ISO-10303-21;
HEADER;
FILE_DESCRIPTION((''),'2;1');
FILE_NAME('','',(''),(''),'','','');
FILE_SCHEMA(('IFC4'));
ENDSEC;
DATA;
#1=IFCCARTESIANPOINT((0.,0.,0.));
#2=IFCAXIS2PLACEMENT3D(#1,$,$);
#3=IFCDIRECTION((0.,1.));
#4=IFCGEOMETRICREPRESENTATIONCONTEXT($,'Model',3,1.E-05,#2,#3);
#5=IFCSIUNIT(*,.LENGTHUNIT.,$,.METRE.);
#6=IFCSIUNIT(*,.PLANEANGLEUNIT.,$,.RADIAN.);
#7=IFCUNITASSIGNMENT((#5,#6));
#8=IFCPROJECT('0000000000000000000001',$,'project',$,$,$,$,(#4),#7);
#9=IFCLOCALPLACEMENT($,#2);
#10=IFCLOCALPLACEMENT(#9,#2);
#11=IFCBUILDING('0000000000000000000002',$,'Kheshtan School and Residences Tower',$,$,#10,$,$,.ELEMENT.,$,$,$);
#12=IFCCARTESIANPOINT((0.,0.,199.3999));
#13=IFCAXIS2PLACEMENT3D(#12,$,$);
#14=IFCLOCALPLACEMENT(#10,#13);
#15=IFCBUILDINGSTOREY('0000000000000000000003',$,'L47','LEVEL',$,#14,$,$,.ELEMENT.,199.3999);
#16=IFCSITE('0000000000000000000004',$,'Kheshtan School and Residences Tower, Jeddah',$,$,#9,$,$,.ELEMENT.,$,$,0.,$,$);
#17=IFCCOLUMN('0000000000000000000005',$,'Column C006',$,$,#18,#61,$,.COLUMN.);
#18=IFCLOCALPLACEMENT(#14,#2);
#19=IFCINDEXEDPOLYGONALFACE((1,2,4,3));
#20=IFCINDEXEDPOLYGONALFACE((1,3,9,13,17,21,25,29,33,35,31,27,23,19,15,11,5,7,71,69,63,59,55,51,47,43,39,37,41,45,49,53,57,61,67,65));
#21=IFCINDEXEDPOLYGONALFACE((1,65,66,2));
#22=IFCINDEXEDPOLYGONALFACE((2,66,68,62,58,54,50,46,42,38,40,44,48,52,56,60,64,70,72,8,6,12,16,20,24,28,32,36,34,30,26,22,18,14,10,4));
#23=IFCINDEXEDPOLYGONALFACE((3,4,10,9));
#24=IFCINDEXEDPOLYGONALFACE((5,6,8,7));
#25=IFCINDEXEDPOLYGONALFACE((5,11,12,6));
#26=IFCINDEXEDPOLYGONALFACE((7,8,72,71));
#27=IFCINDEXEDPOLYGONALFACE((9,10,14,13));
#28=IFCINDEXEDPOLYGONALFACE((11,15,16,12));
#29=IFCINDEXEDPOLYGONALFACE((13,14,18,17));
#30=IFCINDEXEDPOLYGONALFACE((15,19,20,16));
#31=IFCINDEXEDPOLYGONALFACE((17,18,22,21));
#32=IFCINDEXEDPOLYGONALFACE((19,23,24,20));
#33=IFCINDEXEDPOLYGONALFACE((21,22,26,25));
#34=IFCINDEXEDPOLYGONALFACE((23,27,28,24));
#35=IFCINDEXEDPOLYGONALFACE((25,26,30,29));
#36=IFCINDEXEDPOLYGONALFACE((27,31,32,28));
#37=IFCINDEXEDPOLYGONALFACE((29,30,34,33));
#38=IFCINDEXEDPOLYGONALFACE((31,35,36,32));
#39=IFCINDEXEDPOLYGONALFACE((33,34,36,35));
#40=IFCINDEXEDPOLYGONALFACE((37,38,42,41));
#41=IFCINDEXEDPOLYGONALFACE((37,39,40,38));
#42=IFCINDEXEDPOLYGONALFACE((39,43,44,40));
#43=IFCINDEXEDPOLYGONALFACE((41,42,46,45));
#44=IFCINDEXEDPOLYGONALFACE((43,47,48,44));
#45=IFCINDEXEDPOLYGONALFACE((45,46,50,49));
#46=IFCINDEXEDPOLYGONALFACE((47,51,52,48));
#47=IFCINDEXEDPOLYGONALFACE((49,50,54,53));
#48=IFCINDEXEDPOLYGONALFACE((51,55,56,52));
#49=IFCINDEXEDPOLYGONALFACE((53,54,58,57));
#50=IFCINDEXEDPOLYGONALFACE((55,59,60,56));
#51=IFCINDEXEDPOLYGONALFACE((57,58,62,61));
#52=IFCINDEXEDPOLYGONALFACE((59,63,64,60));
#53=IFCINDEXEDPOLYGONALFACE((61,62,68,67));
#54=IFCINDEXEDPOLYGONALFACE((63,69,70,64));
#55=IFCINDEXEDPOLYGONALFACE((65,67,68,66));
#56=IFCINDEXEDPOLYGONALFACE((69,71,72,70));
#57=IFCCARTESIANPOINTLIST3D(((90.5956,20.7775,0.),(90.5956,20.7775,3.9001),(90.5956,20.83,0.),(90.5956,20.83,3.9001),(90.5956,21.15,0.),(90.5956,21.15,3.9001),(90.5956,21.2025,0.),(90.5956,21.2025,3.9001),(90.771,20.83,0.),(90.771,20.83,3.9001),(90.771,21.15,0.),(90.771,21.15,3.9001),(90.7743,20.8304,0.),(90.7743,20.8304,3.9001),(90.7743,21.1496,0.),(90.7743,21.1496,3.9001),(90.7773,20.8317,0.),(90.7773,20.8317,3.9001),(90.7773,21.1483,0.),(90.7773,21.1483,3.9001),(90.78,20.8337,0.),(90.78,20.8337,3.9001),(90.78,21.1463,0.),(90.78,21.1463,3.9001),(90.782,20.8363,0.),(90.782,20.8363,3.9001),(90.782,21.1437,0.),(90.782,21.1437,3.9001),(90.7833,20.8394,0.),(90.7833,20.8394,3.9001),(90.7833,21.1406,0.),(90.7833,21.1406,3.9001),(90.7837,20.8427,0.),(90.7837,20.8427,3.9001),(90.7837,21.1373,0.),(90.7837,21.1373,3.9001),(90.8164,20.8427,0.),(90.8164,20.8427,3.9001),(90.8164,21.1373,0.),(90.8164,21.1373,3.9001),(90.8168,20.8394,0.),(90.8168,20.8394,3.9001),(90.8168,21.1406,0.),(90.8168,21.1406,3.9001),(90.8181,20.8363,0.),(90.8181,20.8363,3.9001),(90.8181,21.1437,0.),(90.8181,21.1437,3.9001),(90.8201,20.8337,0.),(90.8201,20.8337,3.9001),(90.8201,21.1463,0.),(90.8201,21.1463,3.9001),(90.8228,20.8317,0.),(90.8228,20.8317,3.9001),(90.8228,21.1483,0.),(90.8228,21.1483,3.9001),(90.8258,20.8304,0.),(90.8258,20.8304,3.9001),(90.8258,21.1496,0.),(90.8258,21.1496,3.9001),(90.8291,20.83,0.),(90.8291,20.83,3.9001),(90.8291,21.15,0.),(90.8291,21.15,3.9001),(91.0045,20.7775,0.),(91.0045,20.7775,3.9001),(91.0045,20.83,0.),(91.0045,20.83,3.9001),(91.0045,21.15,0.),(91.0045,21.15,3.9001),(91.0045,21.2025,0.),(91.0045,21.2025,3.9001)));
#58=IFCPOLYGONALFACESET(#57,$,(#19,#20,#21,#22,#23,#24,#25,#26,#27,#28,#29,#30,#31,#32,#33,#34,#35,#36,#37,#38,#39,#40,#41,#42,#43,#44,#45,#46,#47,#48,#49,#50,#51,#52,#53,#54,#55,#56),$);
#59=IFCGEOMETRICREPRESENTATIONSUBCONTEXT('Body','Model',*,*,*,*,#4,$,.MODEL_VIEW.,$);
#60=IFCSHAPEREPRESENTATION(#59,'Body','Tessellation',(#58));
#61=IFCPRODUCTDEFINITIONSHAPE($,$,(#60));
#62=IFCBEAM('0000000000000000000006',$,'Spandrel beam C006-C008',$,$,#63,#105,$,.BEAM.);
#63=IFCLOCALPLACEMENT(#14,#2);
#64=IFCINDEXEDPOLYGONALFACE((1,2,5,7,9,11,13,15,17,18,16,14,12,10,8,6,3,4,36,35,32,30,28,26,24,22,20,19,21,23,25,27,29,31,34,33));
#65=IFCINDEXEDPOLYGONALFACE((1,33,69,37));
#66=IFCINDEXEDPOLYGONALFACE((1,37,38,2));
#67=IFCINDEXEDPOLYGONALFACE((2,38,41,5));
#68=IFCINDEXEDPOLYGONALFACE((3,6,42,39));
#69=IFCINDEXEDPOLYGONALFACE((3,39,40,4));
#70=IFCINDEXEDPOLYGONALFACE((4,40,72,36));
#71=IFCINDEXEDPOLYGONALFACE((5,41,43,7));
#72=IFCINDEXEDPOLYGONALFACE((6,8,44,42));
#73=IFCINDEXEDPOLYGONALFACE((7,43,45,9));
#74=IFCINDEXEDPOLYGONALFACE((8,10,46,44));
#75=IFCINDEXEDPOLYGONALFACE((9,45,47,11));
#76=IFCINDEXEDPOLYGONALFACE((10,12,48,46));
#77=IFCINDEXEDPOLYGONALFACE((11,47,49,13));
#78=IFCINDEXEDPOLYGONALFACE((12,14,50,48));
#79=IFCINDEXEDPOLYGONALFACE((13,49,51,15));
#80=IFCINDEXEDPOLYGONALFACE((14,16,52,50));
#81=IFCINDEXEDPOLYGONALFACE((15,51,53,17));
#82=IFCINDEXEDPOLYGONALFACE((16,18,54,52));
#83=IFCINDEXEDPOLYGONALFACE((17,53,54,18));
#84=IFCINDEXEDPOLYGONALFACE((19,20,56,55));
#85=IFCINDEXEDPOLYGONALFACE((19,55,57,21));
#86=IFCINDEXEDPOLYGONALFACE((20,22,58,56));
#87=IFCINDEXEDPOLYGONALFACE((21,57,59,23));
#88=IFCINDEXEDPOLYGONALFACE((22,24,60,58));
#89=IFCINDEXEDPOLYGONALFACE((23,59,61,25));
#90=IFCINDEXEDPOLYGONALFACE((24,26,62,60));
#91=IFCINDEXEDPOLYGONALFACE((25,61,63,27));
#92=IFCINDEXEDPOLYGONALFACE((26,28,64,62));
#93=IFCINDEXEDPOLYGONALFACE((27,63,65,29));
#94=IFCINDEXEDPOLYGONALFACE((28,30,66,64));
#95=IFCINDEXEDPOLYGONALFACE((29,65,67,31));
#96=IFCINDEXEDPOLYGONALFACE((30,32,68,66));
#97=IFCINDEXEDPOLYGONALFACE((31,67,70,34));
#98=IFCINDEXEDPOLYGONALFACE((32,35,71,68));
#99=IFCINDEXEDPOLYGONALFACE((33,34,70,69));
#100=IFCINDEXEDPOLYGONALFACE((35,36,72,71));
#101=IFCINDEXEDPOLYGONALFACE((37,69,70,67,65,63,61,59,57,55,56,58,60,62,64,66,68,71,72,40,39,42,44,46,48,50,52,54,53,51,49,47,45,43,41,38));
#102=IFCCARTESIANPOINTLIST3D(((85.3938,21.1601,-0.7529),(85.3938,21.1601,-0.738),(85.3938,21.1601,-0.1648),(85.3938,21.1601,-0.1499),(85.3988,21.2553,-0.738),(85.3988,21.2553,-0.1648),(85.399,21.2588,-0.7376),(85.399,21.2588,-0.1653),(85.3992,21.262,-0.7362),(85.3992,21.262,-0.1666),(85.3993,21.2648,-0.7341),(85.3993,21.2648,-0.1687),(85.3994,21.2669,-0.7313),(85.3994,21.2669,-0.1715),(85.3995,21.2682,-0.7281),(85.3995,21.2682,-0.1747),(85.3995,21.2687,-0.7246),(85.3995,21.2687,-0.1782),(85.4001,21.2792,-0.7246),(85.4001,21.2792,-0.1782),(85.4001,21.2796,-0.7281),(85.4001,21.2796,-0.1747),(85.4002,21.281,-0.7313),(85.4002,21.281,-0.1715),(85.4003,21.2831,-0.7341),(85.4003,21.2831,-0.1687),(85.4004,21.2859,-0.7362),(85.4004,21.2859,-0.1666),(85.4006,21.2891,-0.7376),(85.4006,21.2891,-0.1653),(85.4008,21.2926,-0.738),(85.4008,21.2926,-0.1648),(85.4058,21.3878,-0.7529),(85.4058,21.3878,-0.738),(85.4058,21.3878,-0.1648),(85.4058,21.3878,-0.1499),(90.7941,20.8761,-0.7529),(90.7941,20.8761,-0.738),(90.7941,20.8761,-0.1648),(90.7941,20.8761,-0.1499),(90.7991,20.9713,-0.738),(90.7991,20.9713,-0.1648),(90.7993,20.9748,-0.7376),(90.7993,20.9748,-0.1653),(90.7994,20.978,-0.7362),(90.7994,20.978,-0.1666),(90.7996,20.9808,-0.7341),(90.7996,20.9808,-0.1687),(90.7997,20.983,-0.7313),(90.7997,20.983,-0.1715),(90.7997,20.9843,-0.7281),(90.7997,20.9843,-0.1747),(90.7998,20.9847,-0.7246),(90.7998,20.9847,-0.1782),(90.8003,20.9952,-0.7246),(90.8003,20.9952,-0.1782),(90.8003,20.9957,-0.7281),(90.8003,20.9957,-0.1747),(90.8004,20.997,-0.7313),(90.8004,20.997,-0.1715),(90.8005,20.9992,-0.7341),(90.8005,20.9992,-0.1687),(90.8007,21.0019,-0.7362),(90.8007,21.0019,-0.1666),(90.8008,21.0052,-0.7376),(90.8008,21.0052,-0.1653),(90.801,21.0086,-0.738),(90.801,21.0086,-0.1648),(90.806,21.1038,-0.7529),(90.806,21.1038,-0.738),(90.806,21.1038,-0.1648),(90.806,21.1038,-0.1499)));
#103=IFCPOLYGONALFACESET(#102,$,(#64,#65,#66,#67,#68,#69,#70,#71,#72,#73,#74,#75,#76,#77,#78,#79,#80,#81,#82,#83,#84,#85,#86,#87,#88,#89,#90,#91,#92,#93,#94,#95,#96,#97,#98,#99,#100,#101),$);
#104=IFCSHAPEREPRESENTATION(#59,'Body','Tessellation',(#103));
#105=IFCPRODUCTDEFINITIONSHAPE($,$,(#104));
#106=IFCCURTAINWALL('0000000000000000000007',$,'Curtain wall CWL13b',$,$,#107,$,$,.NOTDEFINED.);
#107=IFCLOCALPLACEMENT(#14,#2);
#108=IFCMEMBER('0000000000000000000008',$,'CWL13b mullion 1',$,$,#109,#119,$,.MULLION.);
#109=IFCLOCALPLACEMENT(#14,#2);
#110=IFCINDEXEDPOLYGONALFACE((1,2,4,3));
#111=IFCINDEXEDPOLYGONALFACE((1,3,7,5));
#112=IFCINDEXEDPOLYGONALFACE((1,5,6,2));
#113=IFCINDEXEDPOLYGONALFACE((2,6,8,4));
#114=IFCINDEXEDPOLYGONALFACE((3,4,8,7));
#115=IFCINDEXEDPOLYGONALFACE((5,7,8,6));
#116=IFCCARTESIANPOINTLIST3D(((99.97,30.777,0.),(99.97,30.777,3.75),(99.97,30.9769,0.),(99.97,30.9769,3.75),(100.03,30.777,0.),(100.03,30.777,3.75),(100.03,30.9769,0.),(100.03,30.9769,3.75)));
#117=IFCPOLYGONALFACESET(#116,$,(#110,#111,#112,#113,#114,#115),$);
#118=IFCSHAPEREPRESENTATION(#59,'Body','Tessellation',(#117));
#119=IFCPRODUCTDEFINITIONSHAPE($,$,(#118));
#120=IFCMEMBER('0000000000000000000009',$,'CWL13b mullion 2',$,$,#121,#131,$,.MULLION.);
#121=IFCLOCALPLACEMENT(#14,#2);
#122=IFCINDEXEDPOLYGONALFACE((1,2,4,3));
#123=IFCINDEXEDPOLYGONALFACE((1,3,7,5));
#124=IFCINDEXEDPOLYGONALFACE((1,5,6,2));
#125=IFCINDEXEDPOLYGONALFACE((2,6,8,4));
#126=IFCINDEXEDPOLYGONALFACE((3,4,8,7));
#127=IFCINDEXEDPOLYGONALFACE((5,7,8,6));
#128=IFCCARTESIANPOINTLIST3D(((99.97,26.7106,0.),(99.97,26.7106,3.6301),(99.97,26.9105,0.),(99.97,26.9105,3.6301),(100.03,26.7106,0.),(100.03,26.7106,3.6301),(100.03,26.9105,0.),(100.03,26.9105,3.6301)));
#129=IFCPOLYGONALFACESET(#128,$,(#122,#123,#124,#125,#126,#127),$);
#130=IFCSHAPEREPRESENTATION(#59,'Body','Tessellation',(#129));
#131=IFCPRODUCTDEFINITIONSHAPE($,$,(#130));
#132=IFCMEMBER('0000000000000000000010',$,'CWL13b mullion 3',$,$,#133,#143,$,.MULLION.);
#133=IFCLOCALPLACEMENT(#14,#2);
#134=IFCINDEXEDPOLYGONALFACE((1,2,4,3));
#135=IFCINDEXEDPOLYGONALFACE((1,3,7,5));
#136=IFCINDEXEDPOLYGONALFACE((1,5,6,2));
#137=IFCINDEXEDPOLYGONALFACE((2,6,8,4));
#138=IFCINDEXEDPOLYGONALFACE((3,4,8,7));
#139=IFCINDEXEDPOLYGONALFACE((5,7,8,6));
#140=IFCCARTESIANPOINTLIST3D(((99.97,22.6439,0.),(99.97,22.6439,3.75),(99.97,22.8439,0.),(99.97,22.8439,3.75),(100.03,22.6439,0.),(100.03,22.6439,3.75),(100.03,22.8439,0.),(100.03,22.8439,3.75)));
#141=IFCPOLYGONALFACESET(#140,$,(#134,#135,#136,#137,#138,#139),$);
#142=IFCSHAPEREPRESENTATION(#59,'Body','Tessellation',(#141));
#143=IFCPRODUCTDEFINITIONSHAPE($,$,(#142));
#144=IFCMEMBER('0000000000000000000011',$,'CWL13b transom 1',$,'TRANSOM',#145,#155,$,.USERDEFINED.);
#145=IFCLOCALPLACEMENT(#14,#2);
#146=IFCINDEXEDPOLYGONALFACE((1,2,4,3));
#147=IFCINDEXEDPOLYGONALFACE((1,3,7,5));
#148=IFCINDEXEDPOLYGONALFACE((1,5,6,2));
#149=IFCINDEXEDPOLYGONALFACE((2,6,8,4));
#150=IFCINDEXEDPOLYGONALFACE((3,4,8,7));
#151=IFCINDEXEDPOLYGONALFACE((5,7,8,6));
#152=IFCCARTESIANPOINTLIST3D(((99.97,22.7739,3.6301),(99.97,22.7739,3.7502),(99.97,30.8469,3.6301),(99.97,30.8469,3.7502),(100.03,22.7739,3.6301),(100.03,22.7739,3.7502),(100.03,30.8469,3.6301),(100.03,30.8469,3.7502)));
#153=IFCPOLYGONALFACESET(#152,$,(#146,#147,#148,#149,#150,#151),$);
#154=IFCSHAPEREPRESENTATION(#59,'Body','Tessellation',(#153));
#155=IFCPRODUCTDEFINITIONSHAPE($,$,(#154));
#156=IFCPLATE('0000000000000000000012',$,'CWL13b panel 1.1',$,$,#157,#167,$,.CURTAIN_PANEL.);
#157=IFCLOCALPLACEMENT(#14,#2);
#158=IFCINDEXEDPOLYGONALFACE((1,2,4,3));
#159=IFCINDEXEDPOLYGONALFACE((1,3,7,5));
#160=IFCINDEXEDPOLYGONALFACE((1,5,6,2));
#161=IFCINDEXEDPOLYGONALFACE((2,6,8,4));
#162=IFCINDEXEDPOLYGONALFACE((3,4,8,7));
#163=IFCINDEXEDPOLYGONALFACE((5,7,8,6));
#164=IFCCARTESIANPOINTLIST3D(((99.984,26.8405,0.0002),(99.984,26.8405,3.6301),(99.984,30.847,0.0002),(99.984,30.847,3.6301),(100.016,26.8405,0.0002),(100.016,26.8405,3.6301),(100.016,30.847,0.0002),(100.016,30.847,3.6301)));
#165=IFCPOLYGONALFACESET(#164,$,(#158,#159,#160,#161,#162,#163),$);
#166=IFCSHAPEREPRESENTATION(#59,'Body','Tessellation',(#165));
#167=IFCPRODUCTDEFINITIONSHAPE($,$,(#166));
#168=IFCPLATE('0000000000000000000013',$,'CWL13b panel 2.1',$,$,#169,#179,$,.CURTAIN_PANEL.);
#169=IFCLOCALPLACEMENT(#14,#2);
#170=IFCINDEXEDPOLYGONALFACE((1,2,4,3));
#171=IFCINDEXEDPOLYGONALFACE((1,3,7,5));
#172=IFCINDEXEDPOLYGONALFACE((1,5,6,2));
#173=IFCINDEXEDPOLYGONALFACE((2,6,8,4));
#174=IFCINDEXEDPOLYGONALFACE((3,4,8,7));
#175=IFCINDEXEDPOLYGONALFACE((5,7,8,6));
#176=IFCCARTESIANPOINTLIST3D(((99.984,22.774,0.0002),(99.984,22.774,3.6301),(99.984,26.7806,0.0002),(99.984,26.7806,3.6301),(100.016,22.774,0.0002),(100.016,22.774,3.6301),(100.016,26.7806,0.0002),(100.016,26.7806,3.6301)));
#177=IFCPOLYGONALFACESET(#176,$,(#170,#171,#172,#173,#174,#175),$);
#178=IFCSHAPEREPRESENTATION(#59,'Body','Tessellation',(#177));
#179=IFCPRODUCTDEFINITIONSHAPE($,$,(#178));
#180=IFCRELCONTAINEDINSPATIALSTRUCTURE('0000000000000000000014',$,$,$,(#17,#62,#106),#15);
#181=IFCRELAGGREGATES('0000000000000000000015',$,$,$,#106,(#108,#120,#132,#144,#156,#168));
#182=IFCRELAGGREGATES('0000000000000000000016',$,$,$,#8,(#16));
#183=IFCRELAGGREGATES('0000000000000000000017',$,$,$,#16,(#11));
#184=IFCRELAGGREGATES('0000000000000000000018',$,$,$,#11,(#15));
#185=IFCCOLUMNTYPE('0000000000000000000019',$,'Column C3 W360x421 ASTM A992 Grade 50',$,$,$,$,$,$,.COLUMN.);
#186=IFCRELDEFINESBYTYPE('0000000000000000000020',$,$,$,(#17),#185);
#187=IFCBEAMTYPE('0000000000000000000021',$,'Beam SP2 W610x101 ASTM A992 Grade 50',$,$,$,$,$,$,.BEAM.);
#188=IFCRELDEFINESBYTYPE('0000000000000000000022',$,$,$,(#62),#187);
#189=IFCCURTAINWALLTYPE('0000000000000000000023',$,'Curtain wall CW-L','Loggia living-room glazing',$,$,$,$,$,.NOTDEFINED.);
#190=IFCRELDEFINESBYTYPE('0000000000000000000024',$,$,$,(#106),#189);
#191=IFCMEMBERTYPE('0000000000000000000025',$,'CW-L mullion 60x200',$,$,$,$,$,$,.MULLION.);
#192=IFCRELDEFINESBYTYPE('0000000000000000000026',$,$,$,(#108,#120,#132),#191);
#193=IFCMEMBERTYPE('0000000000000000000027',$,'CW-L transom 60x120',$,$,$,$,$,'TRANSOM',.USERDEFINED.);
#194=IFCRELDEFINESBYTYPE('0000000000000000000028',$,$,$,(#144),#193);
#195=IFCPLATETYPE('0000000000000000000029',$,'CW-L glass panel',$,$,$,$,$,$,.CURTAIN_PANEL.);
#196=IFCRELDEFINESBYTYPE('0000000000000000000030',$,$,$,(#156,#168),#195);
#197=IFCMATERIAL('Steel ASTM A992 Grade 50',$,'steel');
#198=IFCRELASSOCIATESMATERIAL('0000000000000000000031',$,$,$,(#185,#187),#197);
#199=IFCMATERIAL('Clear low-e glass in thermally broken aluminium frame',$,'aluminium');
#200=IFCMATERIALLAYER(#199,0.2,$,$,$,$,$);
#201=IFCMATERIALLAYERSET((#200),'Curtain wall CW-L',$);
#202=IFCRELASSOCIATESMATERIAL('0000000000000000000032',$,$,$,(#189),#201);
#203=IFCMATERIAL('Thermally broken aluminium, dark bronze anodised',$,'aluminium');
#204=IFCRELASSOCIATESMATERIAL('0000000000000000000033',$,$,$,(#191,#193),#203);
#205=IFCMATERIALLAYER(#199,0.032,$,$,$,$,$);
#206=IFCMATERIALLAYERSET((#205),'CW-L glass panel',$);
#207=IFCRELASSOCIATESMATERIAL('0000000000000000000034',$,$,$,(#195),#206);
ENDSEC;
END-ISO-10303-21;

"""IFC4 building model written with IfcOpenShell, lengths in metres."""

from ifc_helpers import new_model, si_unit, direction, frame, origin, origin_2d, place, context, subcontext, project, spatial, rectangle, i_section, extrude, material, layer, layer_set, material_profile, profile_set, type_object, element, aggregate, save


model = new_model("IFC4")

# Units and contexts
model_context = context("Model", 3, precision=1e-05, world=origin(), true_north=direction((0.0, 1.0)))
body_context = subcontext(model_context, "Body", "Model", "MODEL_VIEW")
ifc_project = project(units=[si_unit("LENGTHUNIT", "METRE"), si_unit("PLANEANGLEUNIT", "RADIAN")], contexts=[model_context])

# Site, building, storey
site_placement = place(None, origin())
site = spatial("IfcSite", under=ifc_project, at=site_placement, Name="Kheshtan School and Residences Tower, Jeddah", CompositionType="ELEMENT", RefElevation=0.0)
building_placement = place(site_placement, origin())
building = spatial("IfcBuilding", under=site, at=building_placement, Name="Kheshtan School and Residences Tower", CompositionType="ELEMENT")
storey_placement = place(building_placement, frame((0.0, 0.0, 199.3999)))
storey = spatial("IfcBuildingStorey", under=building, at=storey_placement, Name="L47", Description="LEVEL", CompositionType="ELEMENT", Elevation=199.3999)

# Column
ifc_material_1 = material(Name="Steel ASTM A992 Grade 50", Category="steel")
ifc_material_profile_1 = material_profile(ifc_material_1, i_section(OverallWidth=0.4089, OverallDepth=0.425, WebThickness=0.0327, FlangeThickness=0.0525, FilletRadius=0.0127, at=origin_2d()), Name="W360x421")
ifc_profile_set_1 = profile_set([ifc_material_profile_1], Name="Steel ASTM A992 Grade 50")
column_type = type_object("IfcColumnType", Name="Column C3 W360x421 ASTM A992 Grade 50", PredefinedType="COLUMN", material=ifc_profile_set_1)
column_placement = place(storey_placement, frame((90.8, 20.99, 0.0), z_axis=(0.0, 0.0, 1.0), x_axis=(1.0, 0.0, 0.0)))
element("IfcColumn", 1, at=column_placement, inside=storey, type_object=column_type, Name="Column C006", PredefinedType="COLUMN", context=body_context, shape_type="SweptSolid", body=[
    extrude(i_section(OverallWidth=0.4089, OverallDepth=0.425, WebThickness=0.0327, FlangeThickness=0.0525, FilletRadius=0.0127, at=origin_2d()), origin(), (0.0, 0.0, 1.0), 3.9001),
])

# Beam
ifc_material_profile_2 = material_profile(ifc_material_1, i_section(OverallWidth=0.228, OverallDepth=0.603, WebThickness=0.0105, FlangeThickness=0.0149, FilletRadius=0.0134, at=origin_2d()), Name="W610x101")
ifc_profile_set_2 = profile_set([ifc_material_profile_2], Name="Steel ASTM A992 Grade 50")
beam_type = type_object("IfcBeamType", Name="Beam SP2 W610x101 ASTM A992 Grade 50", PredefinedType="BEAM", material=ifc_profile_set_2)
beam_placement = place(storey_placement, frame((90.8, 20.99, -0.4514), z_axis=(-0.998621, 0.052507, 0.0), x_axis=(-0.052507, -0.998621, 0.0)))
element("IfcBeam", 2, at=beam_placement, inside=storey, type_object=beam_type, Name="Spandrel beam C006-C008", PredefinedType="BEAM", context=body_context, shape_type="SweptSolid", body=[
    extrude(i_section(OverallWidth=0.228, OverallDepth=0.603, WebThickness=0.0105, FlangeThickness=0.0149, FilletRadius=0.0134, at=origin_2d()), origin(), (0.0, 0.0, 1.0), 5.4077),
])

# Curtain wall, members, plates
ifc_material_2 = material(Name="Clear low-e glass in thermally broken aluminium frame", Category="aluminium")
ifc_layer_1 = layer(ifc_material_2, 0.2)
ifc_layer_set_1 = layer_set([ifc_layer_1], Name="Curtain wall CW-L")
curtain_wall_type = type_object("IfcCurtainWallType", Name="Curtain wall CW-L", Description="Loggia living-room glazing", PredefinedType="NOTDEFINED", material=ifc_layer_set_1)
curtain_wall_placement = place(storey_placement, origin())
curtain_wall = element("IfcCurtainWall", 3, at=curtain_wall_placement, inside=storey, type_object=curtain_wall_type, Name="Curtain wall CWL13b", PredefinedType="NOTDEFINED")
ifc_material_3 = material(Name="Thermally broken aluminium, dark bronze anodised", Category="aluminium")
ifc_material_profile_3 = material_profile(ifc_material_3, rectangle(XDim=0.0601, YDim=0.2, at=origin_2d()), Name="CW-L mullion 60x200")
ifc_profile_set_3 = profile_set([ifc_material_profile_3], Name="Thermally broken aluminium, dark bronze anodised")
member_type_1 = type_object("IfcMemberType", Name="CW-L mullion 60x200", PredefinedType="MULLION", material=ifc_profile_set_3)
member_1_placement = place(storey_placement, frame((100.0, 30.877, 0.0), z_axis=(0.0, 0.0, 1.0), x_axis=(1.0, 0.0, 0.0)))
member_1 = element("IfcMember", 4, at=member_1_placement, type_object=member_type_1, Name="CWL13b mullion 1", PredefinedType="MULLION", context=body_context, shape_type="SweptSolid", body=[
    extrude(rectangle(XDim=0.0601, YDim=0.2, at=origin_2d()), origin(), (0.0, 0.0, 1.0), 3.75),
])
member_2_placement = place(storey_placement, frame((100.0, 26.8105, 0.0), z_axis=(0.0, 0.0, 1.0), x_axis=(1.0, 0.0, 0.0)))
member_2 = element("IfcMember", 5, at=member_2_placement, type_object=member_type_1, Name="CWL13b mullion 2", PredefinedType="MULLION", context=body_context, shape_type="SweptSolid", body=[
    extrude(rectangle(XDim=0.0601, YDim=0.2, at=origin_2d()), origin(), (0.0, 0.0, 1.0), 3.6301),
])
member_3_placement = place(storey_placement, frame((100.0, 22.7439, 0.0), z_axis=(0.0, 0.0, 1.0), x_axis=(1.0, 0.0, 0.0)))
member_3 = element("IfcMember", 6, at=member_3_placement, type_object=member_type_1, Name="CWL13b mullion 3", PredefinedType="MULLION", context=body_context, shape_type="SweptSolid", body=[
    extrude(rectangle(XDim=0.0601, YDim=0.2, at=origin_2d()), origin(), (0.0, 0.0, 1.0), 3.75),
])
ifc_material_profile_4 = material_profile(ifc_material_3, rectangle(XDim=0.0601, YDim=0.1201, at=origin_2d()), Name="CW-L transom 60x120")
ifc_profile_set_4 = profile_set([ifc_material_profile_4], Name="Thermally broken aluminium, dark bronze anodised")
member_type_2 = type_object("IfcMemberType", Name="CW-L transom 60x120", ElementType="TRANSOM", PredefinedType="USERDEFINED", material=ifc_profile_set_4)
member_4_placement = place(storey_placement, frame((100.0, 30.8469, 3.6902), z_axis=(0.0, -1.0, 0.0), x_axis=(1.0, 0.0, 0.0)))
member_4 = element("IfcMember", 7, at=member_4_placement, type_object=member_type_2, Name="CWL13b transom 1", ObjectType="TRANSOM", PredefinedType="USERDEFINED", context=body_context, shape_type="SweptSolid", body=[
    extrude(rectangle(XDim=0.0601, YDim=0.1201, at=origin_2d()), origin(), (0.0, 0.0, 1.0), 8.073),
])
ifc_layer_2 = layer(ifc_material_2, 0.032)
ifc_layer_set_2 = layer_set([ifc_layer_2], Name="CW-L glass panel")
plate_type = type_object("IfcPlateType", Name="CW-L glass panel", PredefinedType="CURTAIN_PANEL", material=ifc_layer_set_2)
plate_1_placement = place(storey_placement, frame((100.0, 28.8438, 0.0002), z_axis=(0.0, 0.0, 1.0), x_axis=(0.0, -1.0, 0.0)))
plate_1 = element("IfcPlate", 8, at=plate_1_placement, type_object=plate_type, Name="CWL13b panel 1.1", PredefinedType="CURTAIN_PANEL", context=body_context, shape_type="SweptSolid", body=[
    extrude(rectangle(XDim=4.0066, YDim=0.032, at=origin_2d()), origin(), (0.0, 0.0, 1.0), 3.6299),
])
plate_2_placement = place(storey_placement, frame((100.0, 24.7773, 0.0002), z_axis=(0.0, 0.0, 1.0), x_axis=(0.0, -1.0, 0.0)))
plate_2 = element("IfcPlate", 9, at=plate_2_placement, type_object=plate_type, Name="CWL13b panel 2.1", PredefinedType="CURTAIN_PANEL", context=body_context, shape_type="SweptSolid", body=[
    extrude(rectangle(XDim=4.0066, YDim=0.032, at=origin_2d()), origin(), (0.0, 0.0, 1.0), 3.6299),
])
aggregate(curtain_wall, [member_1, member_2, member_3, member_4, plate_1, plate_2])

save(model, "model.ifc")
